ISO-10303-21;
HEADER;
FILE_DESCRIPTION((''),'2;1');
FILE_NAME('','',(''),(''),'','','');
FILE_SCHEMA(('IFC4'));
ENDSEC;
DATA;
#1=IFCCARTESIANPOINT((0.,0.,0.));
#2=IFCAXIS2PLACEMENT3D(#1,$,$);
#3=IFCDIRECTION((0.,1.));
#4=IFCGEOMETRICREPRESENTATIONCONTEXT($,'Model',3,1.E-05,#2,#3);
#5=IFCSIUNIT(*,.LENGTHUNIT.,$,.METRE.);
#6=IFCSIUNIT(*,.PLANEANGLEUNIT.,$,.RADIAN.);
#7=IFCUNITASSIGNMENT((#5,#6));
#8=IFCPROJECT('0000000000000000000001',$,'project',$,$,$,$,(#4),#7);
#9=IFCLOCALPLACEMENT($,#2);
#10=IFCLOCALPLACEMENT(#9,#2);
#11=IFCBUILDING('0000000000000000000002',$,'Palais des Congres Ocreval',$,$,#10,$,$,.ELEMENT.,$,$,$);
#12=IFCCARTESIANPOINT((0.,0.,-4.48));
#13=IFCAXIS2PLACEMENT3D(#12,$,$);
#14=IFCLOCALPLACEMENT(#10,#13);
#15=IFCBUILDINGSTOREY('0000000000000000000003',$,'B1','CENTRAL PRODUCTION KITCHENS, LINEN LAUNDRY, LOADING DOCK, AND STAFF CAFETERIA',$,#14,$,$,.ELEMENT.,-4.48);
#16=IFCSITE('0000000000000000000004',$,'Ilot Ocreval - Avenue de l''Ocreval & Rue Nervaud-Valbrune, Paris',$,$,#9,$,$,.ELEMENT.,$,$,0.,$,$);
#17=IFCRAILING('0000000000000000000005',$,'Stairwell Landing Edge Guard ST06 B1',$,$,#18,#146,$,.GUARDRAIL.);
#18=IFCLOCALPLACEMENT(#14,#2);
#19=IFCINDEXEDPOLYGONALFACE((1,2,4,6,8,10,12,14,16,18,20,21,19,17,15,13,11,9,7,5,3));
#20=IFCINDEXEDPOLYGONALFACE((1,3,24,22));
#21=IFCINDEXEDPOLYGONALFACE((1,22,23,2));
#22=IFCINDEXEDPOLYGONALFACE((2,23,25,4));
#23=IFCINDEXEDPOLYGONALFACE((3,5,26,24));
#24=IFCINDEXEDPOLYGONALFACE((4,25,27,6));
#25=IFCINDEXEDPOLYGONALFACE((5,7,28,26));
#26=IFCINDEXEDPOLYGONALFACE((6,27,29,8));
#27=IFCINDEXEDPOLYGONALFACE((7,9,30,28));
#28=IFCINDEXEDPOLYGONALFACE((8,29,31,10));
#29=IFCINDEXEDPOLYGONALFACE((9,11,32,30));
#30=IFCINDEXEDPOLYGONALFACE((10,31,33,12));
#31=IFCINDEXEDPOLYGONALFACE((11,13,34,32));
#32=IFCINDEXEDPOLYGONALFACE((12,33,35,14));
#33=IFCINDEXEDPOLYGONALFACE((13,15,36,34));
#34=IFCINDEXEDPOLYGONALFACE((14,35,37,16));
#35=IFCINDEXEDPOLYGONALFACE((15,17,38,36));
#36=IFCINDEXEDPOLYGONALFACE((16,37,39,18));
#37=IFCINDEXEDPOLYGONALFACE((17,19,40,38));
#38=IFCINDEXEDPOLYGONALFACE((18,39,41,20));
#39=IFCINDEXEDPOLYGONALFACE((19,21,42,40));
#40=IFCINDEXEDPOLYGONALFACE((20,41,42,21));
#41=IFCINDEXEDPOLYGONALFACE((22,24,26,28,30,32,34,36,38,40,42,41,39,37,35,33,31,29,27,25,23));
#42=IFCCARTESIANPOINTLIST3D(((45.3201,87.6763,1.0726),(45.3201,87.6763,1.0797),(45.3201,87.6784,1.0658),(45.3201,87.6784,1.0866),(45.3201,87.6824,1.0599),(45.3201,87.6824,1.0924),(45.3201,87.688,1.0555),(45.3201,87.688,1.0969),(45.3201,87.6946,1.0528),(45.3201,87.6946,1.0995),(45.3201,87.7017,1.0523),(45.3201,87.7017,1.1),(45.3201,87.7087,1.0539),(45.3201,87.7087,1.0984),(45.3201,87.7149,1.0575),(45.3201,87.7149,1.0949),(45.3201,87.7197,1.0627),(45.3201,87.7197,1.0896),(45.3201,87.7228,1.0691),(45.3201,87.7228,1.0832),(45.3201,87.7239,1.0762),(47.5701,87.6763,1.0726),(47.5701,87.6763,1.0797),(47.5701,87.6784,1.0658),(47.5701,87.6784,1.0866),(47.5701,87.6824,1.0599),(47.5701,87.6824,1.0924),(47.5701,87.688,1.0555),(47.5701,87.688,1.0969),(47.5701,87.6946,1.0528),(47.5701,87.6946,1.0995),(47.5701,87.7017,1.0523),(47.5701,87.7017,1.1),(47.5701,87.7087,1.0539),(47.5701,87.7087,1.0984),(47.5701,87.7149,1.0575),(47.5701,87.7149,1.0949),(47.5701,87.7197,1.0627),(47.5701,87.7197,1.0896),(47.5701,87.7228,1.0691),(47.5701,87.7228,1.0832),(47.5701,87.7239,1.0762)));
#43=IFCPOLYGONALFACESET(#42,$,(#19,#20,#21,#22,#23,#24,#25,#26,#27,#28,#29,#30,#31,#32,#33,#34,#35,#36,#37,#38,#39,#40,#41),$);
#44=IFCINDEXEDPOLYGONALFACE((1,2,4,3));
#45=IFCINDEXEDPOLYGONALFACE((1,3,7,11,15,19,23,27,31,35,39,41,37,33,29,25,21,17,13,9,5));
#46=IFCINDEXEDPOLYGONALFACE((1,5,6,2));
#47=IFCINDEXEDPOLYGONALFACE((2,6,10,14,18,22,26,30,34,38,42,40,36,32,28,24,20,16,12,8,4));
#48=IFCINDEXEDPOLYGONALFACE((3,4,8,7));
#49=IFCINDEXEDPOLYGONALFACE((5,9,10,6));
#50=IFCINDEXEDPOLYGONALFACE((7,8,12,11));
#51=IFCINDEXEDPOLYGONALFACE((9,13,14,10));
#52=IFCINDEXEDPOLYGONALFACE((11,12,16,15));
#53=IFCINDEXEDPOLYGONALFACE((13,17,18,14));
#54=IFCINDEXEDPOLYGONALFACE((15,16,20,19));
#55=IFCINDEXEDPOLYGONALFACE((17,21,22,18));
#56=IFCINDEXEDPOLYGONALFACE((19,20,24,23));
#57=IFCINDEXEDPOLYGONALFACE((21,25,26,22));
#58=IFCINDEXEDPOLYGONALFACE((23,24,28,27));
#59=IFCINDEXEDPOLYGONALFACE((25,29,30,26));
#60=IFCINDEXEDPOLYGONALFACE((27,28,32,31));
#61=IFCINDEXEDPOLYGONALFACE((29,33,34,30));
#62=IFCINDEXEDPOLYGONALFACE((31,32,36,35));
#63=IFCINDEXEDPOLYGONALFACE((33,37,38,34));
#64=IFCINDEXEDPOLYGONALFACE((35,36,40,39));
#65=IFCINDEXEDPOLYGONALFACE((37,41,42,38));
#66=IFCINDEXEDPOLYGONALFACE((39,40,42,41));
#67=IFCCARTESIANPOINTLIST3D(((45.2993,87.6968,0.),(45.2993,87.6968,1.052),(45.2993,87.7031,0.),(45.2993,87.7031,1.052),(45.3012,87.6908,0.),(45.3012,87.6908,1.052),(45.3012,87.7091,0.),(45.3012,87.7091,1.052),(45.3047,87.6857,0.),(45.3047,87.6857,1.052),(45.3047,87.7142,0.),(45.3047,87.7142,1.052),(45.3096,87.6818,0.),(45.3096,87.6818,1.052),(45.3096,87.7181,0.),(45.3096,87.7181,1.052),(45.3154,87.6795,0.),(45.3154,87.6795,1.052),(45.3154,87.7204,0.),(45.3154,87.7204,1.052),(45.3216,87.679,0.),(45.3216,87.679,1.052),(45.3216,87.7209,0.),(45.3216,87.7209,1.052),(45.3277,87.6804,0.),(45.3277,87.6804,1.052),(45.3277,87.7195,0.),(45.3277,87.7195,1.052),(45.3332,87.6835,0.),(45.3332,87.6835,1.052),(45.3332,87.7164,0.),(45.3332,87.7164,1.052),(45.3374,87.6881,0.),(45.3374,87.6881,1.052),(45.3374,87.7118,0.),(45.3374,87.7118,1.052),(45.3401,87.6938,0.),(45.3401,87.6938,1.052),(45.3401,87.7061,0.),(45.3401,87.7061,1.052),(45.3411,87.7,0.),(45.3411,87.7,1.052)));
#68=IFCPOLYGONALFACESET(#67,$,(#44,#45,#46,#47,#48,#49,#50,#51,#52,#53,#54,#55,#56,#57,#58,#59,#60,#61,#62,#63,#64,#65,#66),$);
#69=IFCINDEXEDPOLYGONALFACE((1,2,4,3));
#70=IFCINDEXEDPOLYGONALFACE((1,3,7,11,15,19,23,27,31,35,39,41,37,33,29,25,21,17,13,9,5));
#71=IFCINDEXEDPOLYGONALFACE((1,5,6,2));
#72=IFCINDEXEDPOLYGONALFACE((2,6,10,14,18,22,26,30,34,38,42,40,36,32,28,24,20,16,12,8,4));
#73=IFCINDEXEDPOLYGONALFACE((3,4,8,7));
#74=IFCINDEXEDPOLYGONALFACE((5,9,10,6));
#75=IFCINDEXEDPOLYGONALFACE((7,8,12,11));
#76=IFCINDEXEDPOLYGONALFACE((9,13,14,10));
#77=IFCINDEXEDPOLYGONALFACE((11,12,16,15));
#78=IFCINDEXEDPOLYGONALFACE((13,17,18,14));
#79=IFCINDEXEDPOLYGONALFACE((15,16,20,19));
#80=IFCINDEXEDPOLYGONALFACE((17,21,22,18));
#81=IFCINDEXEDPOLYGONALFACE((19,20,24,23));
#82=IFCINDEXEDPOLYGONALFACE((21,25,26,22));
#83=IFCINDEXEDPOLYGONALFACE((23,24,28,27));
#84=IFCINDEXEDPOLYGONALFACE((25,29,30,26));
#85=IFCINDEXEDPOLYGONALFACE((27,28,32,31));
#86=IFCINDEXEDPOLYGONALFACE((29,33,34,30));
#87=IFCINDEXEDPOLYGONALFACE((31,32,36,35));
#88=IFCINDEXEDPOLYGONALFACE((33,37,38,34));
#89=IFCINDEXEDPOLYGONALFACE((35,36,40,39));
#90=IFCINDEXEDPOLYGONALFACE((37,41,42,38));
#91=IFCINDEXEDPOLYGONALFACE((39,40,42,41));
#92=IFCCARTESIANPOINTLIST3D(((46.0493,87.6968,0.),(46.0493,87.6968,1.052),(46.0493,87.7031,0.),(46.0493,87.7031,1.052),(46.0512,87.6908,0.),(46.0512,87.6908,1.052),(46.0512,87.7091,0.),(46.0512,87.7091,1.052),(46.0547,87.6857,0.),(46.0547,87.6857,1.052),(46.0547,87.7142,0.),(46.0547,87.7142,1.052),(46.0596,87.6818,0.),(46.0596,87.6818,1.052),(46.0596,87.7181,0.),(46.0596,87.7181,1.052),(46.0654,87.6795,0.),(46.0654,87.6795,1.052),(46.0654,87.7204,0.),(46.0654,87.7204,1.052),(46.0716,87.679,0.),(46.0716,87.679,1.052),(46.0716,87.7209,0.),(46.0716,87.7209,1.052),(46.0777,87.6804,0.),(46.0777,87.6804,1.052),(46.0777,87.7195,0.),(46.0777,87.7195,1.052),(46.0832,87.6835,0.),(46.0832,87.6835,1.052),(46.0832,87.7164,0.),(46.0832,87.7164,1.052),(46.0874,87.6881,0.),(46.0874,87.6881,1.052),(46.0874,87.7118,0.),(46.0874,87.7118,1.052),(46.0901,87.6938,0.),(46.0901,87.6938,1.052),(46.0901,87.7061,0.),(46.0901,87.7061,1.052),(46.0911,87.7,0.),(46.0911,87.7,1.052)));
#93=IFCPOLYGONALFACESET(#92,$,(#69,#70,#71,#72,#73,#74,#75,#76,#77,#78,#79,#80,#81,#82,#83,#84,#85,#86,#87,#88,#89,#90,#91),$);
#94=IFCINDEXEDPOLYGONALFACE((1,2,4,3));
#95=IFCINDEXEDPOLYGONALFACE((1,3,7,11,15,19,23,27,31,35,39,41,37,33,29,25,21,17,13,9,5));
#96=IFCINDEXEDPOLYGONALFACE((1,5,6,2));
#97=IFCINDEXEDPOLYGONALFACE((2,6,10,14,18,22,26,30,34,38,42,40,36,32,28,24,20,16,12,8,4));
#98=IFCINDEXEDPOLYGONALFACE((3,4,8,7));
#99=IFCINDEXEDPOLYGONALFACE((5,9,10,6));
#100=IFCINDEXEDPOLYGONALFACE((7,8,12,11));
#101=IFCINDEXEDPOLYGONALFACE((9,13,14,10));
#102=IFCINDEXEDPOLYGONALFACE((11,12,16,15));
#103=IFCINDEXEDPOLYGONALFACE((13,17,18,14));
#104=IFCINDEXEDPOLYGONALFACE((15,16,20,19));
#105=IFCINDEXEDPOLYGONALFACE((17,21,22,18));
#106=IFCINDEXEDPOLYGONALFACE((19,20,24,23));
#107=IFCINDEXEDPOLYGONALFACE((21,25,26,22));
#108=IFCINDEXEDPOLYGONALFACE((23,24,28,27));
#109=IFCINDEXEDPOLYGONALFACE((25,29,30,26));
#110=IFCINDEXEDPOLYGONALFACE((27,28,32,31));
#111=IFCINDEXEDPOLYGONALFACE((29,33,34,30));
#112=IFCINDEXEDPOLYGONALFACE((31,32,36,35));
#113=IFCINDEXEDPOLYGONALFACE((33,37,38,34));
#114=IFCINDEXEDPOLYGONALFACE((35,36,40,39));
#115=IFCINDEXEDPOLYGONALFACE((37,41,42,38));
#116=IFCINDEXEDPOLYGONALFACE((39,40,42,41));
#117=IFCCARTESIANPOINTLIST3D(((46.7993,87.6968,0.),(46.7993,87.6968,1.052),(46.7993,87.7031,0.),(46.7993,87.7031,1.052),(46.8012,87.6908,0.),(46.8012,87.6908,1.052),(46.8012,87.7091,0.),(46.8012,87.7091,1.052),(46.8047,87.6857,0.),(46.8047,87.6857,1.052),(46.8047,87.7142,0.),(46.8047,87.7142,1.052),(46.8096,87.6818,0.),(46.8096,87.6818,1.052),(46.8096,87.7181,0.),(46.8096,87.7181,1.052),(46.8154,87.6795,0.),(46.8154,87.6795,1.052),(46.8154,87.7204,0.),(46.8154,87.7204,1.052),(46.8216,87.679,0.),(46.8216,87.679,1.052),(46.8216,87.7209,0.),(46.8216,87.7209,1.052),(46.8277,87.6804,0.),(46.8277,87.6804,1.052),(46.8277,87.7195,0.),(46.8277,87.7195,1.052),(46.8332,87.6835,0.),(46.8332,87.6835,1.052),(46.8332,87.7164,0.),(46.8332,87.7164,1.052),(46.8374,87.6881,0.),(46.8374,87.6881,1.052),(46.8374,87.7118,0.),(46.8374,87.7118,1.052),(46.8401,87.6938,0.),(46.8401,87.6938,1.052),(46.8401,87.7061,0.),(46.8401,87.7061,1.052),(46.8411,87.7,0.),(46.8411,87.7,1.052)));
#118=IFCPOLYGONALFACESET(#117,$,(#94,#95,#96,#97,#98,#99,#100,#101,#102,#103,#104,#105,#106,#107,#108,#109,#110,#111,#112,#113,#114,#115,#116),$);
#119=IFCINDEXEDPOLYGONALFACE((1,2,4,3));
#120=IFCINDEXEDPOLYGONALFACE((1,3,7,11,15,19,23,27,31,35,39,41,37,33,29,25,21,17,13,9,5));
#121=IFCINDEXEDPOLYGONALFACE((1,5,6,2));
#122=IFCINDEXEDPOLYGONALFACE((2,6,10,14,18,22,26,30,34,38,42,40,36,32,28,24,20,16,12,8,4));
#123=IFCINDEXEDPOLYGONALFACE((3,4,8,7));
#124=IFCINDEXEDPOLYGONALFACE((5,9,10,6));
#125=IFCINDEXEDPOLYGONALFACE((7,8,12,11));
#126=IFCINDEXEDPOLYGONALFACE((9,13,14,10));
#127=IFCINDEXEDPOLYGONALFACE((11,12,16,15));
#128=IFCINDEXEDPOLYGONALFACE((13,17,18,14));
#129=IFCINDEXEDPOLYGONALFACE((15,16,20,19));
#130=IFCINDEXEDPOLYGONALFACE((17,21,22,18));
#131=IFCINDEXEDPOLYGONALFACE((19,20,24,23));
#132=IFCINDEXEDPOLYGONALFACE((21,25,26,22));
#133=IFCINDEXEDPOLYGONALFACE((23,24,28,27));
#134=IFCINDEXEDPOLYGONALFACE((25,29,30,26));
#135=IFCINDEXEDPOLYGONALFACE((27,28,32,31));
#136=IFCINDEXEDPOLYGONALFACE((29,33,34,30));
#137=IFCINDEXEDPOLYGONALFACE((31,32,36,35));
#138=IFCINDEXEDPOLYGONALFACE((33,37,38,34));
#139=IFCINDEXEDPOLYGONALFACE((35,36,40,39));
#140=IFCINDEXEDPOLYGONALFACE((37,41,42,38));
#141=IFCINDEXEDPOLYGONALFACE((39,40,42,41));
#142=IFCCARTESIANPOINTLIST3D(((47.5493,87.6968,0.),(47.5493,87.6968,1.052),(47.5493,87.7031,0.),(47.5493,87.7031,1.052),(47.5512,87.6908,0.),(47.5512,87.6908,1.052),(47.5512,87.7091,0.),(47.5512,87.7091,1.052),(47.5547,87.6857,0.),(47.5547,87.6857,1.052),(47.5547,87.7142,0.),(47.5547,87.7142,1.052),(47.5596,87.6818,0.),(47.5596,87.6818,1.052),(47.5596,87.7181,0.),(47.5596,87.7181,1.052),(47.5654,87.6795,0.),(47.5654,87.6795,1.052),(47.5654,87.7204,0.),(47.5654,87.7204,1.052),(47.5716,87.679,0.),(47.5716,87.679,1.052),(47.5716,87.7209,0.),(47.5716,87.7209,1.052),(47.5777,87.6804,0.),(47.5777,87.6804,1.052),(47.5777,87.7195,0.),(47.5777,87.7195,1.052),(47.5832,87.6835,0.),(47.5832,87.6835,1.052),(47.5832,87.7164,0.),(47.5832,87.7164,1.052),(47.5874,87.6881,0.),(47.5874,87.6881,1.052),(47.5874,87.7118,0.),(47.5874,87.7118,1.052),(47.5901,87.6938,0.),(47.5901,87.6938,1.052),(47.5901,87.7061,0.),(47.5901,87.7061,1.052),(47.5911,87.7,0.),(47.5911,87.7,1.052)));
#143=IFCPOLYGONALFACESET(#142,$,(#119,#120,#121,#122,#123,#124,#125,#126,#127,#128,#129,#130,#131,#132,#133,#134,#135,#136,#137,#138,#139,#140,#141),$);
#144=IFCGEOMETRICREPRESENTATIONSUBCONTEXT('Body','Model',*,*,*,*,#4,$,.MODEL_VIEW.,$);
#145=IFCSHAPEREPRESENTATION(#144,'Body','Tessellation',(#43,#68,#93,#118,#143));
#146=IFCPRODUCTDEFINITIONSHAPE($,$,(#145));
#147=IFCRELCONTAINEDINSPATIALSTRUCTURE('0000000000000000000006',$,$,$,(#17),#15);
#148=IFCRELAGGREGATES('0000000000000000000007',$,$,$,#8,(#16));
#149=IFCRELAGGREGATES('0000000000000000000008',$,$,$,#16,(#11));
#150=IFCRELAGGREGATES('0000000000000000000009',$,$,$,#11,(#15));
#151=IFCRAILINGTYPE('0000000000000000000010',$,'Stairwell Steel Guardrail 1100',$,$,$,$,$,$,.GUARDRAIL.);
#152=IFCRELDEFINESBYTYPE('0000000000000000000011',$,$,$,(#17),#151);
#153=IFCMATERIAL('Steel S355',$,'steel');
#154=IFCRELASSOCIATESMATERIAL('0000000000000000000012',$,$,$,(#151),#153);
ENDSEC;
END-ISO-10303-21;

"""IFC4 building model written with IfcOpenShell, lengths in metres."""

from ifc_helpers import new_model, si_unit, direction, frame, origin, origin_2d, place, context, subcontext, project, spatial, circle, extrude, material, type_object, element, save


model = new_model("IFC4")

# Units and contexts
model_context = context("Model", 3, precision=1e-05, world=origin(), true_north=direction((0.0, 1.0)))
body_context = subcontext(model_context, "Body", "Model", "MODEL_VIEW")
ifc_project = project(units=[si_unit("LENGTHUNIT", "METRE"), si_unit("PLANEANGLEUNIT", "RADIAN")], contexts=[model_context])

# Site, building, storey
site_placement = place(None, origin())
site = spatial("IfcSite", under=ifc_project, at=site_placement, Name="Ilot Ocreval - Avenue de l'Ocreval & Rue Nervaud-Valbrune, Paris", CompositionType="ELEMENT", RefElevation=0.0)
building_placement = place(site_placement, origin())
building = spatial("IfcBuilding", under=site, at=building_placement, Name="Palais des Congres Ocreval", CompositionType="ELEMENT")
storey_placement = place(building_placement, frame((0.0, 0.0, -4.48)))
storey = spatial("IfcBuildingStorey", under=building, at=storey_placement, Name="B1", Description="CENTRAL PRODUCTION KITCHENS, LINEN LAUNDRY, LOADING DOCK, AND STAFF CAFETERIA", CompositionType="ELEMENT", Elevation=-4.48)

# Shared definitions
ifc_material_1 = material(Name="Steel S355", Category="steel")

# Railing
railing_type_1 = type_object("IfcRailingType", Name="Stairwell Steel Guardrail 1100", PredefinedType="GUARDRAIL", material=ifc_material_1)
railing_1_placement = place(storey_placement, frame((45.3201, 87.7, 0.0)))
element("IfcRailing", 1, at=railing_1_placement, inside=storey, type_object=railing_type_1, Name="Stairwell Landing Edge Guard ST06 B1", PredefinedType="GUARDRAIL", context=body_context, shape_type="SweptSolid", body=[
    extrude(circle(Radius=0.0239, at=origin_2d()), frame((0.0, 0.0, 1.0762), z_axis=(1.0, 0.0, 0.0), x_axis=(0.0, 1.0, 0.0)), (0.0, 0.0, 1.0), 2.25),
    extrude(circle(Radius=0.021, at=origin_2d()), origin(), (0.0, 0.0, 1.0), 1.052),
    extrude(circle(Radius=0.021, at=origin_2d()), frame((0.75, 0.0, 0.0)), (0.0, 0.0, 1.0), 1.052),
    extrude(circle(Radius=0.021, at=origin_2d()), frame((1.5, 0.0, 0.0)), (0.0, 0.0, 1.0), 1.052),
    extrude(circle(Radius=0.021, at=origin_2d()), frame((2.25, 0.0, 0.0)), (0.0, 0.0, 1.0), 1.052),
])

save(model, "model.ifc")
